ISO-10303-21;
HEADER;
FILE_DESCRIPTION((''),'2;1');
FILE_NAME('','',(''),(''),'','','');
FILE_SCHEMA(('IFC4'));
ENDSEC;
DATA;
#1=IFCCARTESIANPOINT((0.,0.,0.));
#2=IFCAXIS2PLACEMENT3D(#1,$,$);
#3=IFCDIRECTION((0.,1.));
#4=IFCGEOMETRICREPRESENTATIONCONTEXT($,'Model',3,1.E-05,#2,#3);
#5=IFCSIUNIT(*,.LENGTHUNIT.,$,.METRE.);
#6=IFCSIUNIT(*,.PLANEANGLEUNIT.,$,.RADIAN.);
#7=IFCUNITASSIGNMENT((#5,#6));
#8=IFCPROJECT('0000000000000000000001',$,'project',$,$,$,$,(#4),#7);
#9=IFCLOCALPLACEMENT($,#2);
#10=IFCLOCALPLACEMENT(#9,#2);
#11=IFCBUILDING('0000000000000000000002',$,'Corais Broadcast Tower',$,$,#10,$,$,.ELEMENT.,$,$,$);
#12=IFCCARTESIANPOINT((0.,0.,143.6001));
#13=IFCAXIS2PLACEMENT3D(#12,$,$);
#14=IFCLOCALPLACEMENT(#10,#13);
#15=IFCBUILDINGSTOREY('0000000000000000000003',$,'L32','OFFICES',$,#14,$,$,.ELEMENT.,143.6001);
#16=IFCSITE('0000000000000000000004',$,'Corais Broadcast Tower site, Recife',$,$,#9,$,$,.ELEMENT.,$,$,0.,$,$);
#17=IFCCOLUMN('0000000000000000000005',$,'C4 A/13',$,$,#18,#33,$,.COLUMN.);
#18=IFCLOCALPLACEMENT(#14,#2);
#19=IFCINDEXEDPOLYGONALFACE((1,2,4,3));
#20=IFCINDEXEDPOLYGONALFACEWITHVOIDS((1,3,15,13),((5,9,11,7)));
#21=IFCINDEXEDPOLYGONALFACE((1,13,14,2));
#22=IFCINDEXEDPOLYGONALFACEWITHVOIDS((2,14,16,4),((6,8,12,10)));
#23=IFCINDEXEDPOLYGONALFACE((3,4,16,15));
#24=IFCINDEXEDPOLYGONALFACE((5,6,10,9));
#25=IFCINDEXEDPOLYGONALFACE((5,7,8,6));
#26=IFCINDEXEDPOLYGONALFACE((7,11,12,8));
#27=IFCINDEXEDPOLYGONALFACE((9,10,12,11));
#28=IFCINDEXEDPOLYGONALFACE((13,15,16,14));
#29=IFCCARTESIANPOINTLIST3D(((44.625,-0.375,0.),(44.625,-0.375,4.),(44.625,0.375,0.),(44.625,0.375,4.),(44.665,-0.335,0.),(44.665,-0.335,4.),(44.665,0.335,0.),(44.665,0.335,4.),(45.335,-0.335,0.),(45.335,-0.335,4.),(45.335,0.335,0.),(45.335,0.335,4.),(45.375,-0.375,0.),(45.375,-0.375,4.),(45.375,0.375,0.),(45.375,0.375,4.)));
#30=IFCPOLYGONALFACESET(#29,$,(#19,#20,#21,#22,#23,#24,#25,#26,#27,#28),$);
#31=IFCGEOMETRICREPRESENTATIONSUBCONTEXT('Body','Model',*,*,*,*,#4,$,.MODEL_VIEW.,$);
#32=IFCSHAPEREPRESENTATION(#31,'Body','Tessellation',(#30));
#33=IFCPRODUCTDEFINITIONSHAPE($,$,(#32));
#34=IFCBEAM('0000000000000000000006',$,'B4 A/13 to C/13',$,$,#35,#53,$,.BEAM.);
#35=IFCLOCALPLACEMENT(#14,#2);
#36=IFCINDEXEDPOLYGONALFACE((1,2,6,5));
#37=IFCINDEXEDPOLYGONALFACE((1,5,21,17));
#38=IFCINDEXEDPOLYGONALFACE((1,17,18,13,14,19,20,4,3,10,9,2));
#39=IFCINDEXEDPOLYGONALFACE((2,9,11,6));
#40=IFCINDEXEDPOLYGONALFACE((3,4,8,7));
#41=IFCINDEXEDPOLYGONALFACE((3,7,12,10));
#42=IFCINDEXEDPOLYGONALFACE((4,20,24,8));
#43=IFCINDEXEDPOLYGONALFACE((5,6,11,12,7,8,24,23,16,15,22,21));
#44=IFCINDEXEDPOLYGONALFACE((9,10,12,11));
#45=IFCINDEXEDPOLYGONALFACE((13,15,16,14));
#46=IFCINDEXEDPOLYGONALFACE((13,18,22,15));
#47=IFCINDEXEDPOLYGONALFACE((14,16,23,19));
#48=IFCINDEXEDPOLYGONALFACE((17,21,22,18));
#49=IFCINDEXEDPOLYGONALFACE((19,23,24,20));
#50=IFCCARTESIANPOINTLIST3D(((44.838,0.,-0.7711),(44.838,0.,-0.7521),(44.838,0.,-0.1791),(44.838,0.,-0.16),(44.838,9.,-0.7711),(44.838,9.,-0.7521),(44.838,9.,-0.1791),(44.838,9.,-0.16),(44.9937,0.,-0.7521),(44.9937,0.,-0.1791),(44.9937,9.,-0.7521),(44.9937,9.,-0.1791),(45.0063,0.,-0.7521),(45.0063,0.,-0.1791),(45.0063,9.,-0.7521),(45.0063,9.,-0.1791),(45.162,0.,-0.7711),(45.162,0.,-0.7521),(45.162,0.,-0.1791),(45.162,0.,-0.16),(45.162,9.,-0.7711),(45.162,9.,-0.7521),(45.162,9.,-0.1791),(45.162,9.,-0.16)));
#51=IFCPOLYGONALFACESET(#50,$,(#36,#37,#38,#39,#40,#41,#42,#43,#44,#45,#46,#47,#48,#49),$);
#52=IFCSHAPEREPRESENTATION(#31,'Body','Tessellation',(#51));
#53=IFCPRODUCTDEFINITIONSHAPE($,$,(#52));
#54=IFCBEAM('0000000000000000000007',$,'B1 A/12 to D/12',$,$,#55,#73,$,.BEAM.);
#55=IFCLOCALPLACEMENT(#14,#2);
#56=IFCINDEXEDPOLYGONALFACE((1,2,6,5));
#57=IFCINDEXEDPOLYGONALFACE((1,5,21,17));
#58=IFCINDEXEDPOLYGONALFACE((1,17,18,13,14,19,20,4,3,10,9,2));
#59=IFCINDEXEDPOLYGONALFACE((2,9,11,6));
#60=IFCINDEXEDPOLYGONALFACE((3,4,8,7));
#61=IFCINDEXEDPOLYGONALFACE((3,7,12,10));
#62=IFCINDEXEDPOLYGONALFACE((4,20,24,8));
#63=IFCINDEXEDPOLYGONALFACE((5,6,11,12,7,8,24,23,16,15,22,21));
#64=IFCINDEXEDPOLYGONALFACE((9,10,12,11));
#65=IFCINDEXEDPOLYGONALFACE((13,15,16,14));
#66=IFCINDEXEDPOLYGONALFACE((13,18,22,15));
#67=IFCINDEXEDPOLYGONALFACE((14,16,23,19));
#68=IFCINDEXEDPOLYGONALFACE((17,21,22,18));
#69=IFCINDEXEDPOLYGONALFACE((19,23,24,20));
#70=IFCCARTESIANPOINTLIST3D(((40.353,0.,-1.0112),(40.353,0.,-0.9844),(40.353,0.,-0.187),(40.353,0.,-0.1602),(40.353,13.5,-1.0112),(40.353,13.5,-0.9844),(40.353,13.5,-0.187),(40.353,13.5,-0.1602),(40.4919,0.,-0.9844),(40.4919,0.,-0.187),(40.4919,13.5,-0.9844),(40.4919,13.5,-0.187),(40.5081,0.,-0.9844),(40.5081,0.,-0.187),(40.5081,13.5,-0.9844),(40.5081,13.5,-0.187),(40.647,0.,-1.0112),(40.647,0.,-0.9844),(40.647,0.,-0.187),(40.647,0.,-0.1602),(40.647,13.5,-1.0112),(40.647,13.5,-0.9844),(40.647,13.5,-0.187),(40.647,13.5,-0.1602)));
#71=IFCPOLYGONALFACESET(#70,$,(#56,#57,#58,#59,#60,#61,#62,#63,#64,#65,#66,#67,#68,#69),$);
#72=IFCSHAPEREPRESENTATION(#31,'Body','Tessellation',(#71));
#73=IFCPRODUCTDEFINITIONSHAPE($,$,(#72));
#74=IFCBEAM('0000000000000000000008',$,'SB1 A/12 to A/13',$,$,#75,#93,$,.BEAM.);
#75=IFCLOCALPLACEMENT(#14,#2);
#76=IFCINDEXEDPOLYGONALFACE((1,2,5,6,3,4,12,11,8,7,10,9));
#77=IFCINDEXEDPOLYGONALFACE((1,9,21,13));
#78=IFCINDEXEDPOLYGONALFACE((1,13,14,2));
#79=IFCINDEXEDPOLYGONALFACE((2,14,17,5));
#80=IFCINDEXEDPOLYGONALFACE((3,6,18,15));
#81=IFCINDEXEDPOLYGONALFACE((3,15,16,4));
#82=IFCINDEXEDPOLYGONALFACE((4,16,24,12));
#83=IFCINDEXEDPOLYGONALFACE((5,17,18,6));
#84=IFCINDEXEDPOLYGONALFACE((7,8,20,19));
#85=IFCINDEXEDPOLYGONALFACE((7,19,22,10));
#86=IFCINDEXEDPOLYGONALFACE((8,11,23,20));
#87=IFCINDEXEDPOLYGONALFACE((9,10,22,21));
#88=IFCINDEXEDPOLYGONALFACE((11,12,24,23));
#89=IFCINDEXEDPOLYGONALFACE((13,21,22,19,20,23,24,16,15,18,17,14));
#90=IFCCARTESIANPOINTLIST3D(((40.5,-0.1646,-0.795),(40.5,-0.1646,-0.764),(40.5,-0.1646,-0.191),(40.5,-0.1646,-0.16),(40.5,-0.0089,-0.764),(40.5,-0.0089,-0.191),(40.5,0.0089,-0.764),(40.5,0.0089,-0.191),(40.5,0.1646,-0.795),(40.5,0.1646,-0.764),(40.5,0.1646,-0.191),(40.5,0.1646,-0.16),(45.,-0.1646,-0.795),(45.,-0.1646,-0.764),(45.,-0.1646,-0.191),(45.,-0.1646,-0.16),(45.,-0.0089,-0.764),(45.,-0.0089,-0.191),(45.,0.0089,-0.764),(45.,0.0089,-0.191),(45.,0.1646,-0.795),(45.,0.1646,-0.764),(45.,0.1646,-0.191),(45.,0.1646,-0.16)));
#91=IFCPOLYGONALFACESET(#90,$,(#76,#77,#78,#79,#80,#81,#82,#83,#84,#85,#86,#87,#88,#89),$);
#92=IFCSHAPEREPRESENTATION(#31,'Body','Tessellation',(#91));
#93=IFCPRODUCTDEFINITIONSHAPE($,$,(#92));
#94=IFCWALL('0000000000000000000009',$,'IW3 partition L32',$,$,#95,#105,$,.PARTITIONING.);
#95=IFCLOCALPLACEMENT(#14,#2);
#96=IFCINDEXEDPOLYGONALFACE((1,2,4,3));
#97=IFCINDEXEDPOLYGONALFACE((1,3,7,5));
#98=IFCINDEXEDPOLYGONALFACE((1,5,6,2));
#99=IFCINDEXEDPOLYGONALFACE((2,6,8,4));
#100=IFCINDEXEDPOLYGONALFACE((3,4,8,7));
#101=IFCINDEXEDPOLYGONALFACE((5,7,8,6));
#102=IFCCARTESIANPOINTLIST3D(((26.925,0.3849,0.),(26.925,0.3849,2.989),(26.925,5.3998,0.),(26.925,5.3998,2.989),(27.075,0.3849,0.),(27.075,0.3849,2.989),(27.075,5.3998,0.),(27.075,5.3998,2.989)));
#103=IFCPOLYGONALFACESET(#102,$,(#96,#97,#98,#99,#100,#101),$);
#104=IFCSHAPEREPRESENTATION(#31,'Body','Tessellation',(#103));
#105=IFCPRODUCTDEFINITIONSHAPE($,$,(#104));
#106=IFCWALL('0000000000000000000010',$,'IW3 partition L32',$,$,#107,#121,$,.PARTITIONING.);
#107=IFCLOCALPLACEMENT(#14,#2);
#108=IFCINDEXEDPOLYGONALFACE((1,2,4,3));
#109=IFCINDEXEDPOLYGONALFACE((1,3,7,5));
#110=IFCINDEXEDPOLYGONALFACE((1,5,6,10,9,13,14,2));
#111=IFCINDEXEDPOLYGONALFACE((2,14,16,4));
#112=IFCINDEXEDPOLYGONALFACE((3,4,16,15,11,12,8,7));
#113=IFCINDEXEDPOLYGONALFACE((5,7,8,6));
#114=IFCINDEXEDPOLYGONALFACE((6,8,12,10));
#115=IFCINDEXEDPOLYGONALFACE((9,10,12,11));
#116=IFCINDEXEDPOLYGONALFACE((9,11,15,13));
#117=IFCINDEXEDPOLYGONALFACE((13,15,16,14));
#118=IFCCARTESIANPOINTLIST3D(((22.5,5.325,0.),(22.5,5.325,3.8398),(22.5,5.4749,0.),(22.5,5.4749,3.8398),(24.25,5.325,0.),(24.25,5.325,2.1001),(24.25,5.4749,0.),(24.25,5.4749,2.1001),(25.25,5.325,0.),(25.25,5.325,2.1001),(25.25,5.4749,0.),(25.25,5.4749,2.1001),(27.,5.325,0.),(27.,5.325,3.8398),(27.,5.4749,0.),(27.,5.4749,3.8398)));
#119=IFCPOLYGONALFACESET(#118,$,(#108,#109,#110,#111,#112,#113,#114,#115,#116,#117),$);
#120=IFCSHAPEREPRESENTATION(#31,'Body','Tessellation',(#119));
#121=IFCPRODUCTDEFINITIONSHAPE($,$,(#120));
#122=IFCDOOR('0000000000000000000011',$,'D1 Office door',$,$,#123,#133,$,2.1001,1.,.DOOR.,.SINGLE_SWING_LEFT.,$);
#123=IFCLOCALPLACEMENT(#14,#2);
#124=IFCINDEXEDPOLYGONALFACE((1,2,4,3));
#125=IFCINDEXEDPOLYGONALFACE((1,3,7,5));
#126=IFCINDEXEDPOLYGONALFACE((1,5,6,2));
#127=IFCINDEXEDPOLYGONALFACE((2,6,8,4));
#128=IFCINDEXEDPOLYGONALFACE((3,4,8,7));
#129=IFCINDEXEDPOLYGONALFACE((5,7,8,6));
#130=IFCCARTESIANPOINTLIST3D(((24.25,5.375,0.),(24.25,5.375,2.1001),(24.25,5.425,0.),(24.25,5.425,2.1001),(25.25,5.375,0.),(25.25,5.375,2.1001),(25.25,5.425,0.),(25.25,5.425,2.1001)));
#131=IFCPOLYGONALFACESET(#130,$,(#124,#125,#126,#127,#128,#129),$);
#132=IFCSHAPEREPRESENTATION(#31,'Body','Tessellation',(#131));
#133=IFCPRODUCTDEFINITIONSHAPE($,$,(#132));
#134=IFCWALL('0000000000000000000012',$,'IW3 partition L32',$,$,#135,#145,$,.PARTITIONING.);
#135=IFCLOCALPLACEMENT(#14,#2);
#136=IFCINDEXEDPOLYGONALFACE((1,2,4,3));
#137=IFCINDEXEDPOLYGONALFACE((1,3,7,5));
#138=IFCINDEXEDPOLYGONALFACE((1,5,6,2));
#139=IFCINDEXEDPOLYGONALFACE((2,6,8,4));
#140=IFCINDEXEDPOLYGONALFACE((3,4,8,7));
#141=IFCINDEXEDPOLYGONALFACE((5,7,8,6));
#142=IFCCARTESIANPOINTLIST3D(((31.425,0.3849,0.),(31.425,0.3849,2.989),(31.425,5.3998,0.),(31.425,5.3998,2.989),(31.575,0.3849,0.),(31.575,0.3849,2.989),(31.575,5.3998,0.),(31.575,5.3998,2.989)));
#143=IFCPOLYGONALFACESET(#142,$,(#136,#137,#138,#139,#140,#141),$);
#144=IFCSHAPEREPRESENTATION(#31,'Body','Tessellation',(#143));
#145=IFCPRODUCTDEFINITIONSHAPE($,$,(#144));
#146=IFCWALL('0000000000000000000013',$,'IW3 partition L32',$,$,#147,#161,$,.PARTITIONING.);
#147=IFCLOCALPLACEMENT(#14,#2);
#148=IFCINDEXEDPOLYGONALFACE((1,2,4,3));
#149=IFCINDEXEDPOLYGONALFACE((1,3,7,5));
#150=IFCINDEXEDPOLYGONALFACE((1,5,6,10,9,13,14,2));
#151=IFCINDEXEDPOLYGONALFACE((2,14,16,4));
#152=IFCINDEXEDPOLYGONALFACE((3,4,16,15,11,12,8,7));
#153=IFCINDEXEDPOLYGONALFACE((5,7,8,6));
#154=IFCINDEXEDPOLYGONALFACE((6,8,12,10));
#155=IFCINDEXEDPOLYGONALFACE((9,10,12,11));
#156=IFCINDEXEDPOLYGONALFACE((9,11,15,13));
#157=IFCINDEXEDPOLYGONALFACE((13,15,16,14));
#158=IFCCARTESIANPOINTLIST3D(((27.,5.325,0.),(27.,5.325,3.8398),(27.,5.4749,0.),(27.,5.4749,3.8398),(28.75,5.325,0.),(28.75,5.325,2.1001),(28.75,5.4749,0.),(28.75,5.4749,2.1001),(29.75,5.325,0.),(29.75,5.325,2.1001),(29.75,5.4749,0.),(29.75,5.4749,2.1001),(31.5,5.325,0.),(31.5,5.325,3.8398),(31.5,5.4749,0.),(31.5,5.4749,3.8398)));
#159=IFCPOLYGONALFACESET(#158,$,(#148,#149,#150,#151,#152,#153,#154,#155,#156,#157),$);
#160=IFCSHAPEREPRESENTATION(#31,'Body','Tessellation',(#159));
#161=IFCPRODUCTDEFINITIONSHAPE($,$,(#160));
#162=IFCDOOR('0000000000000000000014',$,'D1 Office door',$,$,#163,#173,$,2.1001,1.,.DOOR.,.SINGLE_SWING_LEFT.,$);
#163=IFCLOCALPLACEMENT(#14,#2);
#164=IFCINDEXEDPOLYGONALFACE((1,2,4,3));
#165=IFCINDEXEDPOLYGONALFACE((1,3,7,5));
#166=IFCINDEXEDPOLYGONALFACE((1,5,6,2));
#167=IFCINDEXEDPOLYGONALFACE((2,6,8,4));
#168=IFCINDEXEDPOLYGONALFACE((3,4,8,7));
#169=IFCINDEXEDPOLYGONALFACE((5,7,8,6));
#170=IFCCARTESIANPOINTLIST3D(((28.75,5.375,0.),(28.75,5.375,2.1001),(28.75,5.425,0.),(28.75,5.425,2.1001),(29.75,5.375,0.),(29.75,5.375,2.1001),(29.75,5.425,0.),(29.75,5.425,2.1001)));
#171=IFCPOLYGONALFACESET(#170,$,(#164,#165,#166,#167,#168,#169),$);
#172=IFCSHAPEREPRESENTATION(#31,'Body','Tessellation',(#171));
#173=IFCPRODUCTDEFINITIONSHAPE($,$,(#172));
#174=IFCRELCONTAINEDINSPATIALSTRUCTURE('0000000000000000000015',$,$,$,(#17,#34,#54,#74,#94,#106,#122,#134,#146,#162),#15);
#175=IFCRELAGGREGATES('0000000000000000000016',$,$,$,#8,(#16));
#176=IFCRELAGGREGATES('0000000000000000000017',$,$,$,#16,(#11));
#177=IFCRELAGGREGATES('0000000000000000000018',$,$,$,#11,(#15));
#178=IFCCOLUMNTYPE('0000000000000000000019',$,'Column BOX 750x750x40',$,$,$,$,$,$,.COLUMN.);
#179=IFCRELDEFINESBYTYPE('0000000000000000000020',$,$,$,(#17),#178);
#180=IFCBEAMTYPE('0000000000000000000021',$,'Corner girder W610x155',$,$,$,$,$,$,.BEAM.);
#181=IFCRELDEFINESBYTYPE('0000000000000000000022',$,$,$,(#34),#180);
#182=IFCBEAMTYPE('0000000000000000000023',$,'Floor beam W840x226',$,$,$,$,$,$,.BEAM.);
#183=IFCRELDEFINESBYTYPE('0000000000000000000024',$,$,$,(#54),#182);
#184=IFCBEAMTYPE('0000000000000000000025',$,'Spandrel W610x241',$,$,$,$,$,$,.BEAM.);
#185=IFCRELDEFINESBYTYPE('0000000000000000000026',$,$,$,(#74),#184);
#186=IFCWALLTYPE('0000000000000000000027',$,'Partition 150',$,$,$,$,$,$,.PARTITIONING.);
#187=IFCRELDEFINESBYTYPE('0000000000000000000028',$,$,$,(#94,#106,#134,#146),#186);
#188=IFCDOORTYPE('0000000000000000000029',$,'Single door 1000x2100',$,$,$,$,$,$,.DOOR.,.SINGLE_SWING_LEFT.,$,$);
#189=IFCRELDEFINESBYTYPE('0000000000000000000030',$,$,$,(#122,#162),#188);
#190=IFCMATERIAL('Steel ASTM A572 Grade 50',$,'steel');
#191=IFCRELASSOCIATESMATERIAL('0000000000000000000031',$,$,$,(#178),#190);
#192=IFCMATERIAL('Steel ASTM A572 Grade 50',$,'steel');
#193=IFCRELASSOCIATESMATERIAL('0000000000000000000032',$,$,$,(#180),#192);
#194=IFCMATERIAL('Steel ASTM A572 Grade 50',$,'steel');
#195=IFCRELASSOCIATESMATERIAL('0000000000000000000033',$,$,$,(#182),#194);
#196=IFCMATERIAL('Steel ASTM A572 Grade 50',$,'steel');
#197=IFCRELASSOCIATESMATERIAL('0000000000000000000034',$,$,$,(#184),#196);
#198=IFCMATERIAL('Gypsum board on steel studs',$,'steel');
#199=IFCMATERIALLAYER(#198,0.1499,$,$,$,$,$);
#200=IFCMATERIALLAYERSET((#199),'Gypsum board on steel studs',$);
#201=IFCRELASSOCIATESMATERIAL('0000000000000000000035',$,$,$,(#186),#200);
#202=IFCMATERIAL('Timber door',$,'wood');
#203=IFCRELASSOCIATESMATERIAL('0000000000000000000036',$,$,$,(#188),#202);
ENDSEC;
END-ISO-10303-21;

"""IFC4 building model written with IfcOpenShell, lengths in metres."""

from ifc_helpers import new_model, si_unit, direction, frame, frame_2d, origin, origin_2d, place, context, subcontext, project, spatial, rectangle, hollow_rectangle, i_section, extrude, material, layer, layer_set, material_profile, profile_set, type_object, element, fill, save


model = new_model("IFC4")

# Units and contexts
model_context = context("Model", 3, precision=1e-05, world=origin(), true_north=direction((0.0, 1.0)))
body_context = subcontext(model_context, "Body", "Model", "MODEL_VIEW")
ifc_project = project(units=[si_unit("LENGTHUNIT", "METRE"), si_unit("PLANEANGLEUNIT", "RADIAN")], contexts=[model_context])

# Site, building, storey
site_placement = place(None, origin())
site = spatial("IfcSite", under=ifc_project, at=site_placement, Name="Corais Broadcast Tower site, Recife", CompositionType="ELEMENT", RefElevation=0.0)
building_placement = place(site_placement, origin())
building = spatial("IfcBuilding", under=site, at=building_placement, Name="Corais Broadcast Tower", CompositionType="ELEMENT")
storey_placement = place(building_placement, frame((0.0, 0.0, 143.6001)))
storey = spatial("IfcBuildingStorey", under=building, at=storey_placement, Name="L32", Description="OFFICES", CompositionType="ELEMENT", Elevation=143.6001)

# Column
ifc_material_1 = material(Name="Steel ASTM A572 Grade 50", Category="steel")
ifc_material_profile_1 = material_profile(ifc_material_1, hollow_rectangle(XDim=0.75, YDim=0.75, WallThickness=0.04, at=origin_2d()), Name="BOX 750x750x40")
ifc_profile_set_1 = profile_set([ifc_material_profile_1], Name="Steel ASTM A572 Grade 50")
column_type = type_object("IfcColumnType", Name="Column BOX 750x750x40", PredefinedType="COLUMN", material=ifc_profile_set_1)
column_placement = place(storey_placement, frame((45.0, 0.0, 0.0), z_axis=(0.0, 0.0, 1.0), x_axis=(1.0, 0.0, 0.0)))
element("IfcColumn", 1, at=column_placement, inside=storey, type_object=column_type, Name="C4 A/13", PredefinedType="COLUMN", context=body_context, shape_type="SweptSolid", body=[
    extrude(hollow_rectangle(XDim=0.75, YDim=0.75, WallThickness=0.04, at=origin_2d()), origin(), (0.0, 0.0, 1.0), 4.0),
])

# Beams
ifc_material_2 = material(Name="Steel ASTM A572 Grade 50", Category="steel")
ifc_material_profile_2 = material_profile(ifc_material_2, i_section(OverallWidth=0.324, OverallDepth=0.6111, WebThickness=0.0127, FlangeThickness=0.019, at=origin_2d()), Name="W610x155")
ifc_profile_set_2 = profile_set([ifc_material_profile_2], Name="Steel ASTM A572 Grade 50")
beam_type_1 = type_object("IfcBeamType", Name="Corner girder W610x155", PredefinedType="BEAM", material=ifc_profile_set_2)
beam_1_placement = place(storey_placement, frame((45.0, 0.0, -0.4656), z_axis=(0.0, 1.0, 0.0), x_axis=(-1.0, 0.0, 0.0)))
element("IfcBeam", 2, at=beam_1_placement, inside=storey, type_object=beam_type_1, Name="B4 A/13 to C/13", PredefinedType="BEAM", context=body_context, shape_type="SweptSolid", body=[
    extrude(i_section(OverallWidth=0.324, OverallDepth=0.6111, WebThickness=0.0127, FlangeThickness=0.019, at=origin_2d()), origin(), (0.0, 0.0, 1.0), 9.0),
])
ifc_material_3 = material(Name="Steel ASTM A572 Grade 50", Category="steel")
ifc_material_profile_3 = material_profile(ifc_material_3, i_section(OverallWidth=0.2939, OverallDepth=0.8511, WebThickness=0.0161, FlangeThickness=0.0269, at=origin_2d()), Name="W840x226")
ifc_profile_set_3 = profile_set([ifc_material_profile_3], Name="Steel ASTM A572 Grade 50")
beam_type_2 = type_object("IfcBeamType", Name="Floor beam W840x226", PredefinedType="BEAM", material=ifc_profile_set_3)
beam_2_placement = place(storey_placement, frame((40.5, 0.0, -0.5857), z_axis=(0.0, 1.0, 0.0), x_axis=(-1.0, 0.0, 0.0)))
element("IfcBeam", 3, at=beam_2_placement, inside=storey, type_object=beam_type_2, Name="B1 A/12 to D/12", PredefinedType="BEAM", context=body_context, shape_type="SweptSolid", body=[
    extrude(i_section(OverallWidth=0.2939, OverallDepth=0.8511, WebThickness=0.0161, FlangeThickness=0.0269, at=origin_2d()), origin(), (0.0, 0.0, 1.0), 13.5),
])
ifc_material_4 = material(Name="Steel ASTM A572 Grade 50", Category="steel")
ifc_material_profile_4 = material_profile(ifc_material_4, i_section(OverallWidth=0.3291, OverallDepth=0.635, WebThickness=0.0178, FlangeThickness=0.031, at=origin_2d()), Name="W610x241")
ifc_profile_set_4 = profile_set([ifc_material_profile_4], Name="Steel ASTM A572 Grade 50")
beam_type_3 = type_object("IfcBeamType", Name="Spandrel W610x241", PredefinedType="BEAM", material=ifc_profile_set_4)
beam_3_placement = place(storey_placement, frame((40.5, 0.0, -0.4775), z_axis=(1.0, 0.0, 0.0), x_axis=(0.0, 1.0, 0.0)))
element("IfcBeam", 4, at=beam_3_placement, inside=storey, type_object=beam_type_3, Name="SB1 A/12 to A/13", PredefinedType="BEAM", context=body_context, shape_type="SweptSolid", body=[
    extrude(i_section(OverallWidth=0.3291, OverallDepth=0.635, WebThickness=0.0178, FlangeThickness=0.031, at=origin_2d()), origin(), (0.0, 0.0, 1.0), 4.5),
])

# Wall
ifc_material_5 = material(Name="Gypsum board on steel studs", Category="steel")
ifc_layer = layer(ifc_material_5, 0.1499)
ifc_layer_set = layer_set([ifc_layer], Name="Gypsum board on steel studs")
wall_type = type_object("IfcWallType", Name="Partition 150", PredefinedType="PARTITIONING", material=ifc_layer_set)
wall_1_placement = place(storey_placement, frame((27.0, 0.385, 0.0), z_axis=(0.0, 0.0, 1.0), x_axis=(0.0, 1.0, 0.0)))
element("IfcWall", 5, at=wall_1_placement, inside=storey, type_object=wall_type, Name="IW3 partition L32", PredefinedType="PARTITIONING", context=body_context, shape_type="SweptSolid", body=[
    extrude(rectangle(XDim=5.0149, YDim=0.1499, at=frame_2d((2.5073, 0.0))), origin(), (0.0, 0.0, 1.0), 2.989),
])

# Wall, opening, door
wall_2_placement = place(storey_placement, frame((27.0, 5.3999, 0.0), z_axis=(0.0, 0.0, 1.0), x_axis=(-1.0, 0.0, 0.0)))
wall_2 = element("IfcWall", 6, at=wall_2_placement, inside=storey, type_object=wall_type, Name="IW3 partition L32", PredefinedType="PARTITIONING", context=body_context, shape_type="SweptSolid", body=[
    extrude(rectangle(XDim=4.5, YDim=0.1499, at=frame_2d((2.25, 0.0))), origin(), (0.0, 0.0, 1.0), 3.8398),
])
opening_1_placement = place(wall_2_placement, frame((1.75, 0.0, 0.0)))
opening_1 = element("IfcOpeningElement", 7, at=opening_1_placement, cuts=wall_2, PredefinedType="OPENING", context=body_context, shape_type="SweptSolid", body=[
    extrude(rectangle(XDim=1.0, YDim=2.1001, at=frame_2d((0.5, 1.05))), frame((0.0, 0.085, 0.0), z_axis=(0.0, -1.0, 0.0), x_axis=(1.0, 0.0, 0.0)), (0.0, 0.0, 1.0), 0.1699),
])
ifc_material_6 = material(Name="Timber door", Category="wood")
door_type = type_object("IfcDoorType", Name="Single door 1000x2100", OperationType="SINGLE_SWING_LEFT", PredefinedType="DOOR", material=ifc_material_6)
door_1_placement = place(opening_1_placement, origin())
door_1 = element("IfcDoor", 8, at=door_1_placement, inside=storey, type_object=door_type, Name="D1 Office door", OperationType="SINGLE_SWING_LEFT", OverallHeight=2.1001, OverallWidth=1.0, PredefinedType="DOOR", context=body_context, shape_type="SweptSolid", body=[
    extrude(rectangle(XDim=1.0, YDim=2.1001, at=frame_2d((0.5, 1.05))), frame((0.0, 0.0249, 0.0), z_axis=(0.0, -1.0, 0.0), x_axis=(1.0, 0.0, 0.0)), (0.0, 0.0, 1.0), 0.05),
])
fill(opening_1, door_1)

# Wall
wall_3_placement = place(storey_placement, frame((31.5, 0.385, 0.0), z_axis=(0.0, 0.0, 1.0), x_axis=(0.0, 1.0, 0.0)))
element("IfcWall", 9, at=wall_3_placement, inside=storey, type_object=wall_type, Name="IW3 partition L32", PredefinedType="PARTITIONING", context=body_context, shape_type="SweptSolid", body=[
    extrude(rectangle(XDim=5.0149, YDim=0.1499, at=frame_2d((2.5073, 0.0))), origin(), (0.0, 0.0, 1.0), 2.989),
])

# Wall, opening, door
wall_4_placement = place(storey_placement, frame((31.5, 5.3999, 0.0), z_axis=(0.0, 0.0, 1.0), x_axis=(-1.0, 0.0, 0.0)))
wall_4 = element("IfcWall", 10, at=wall_4_placement, inside=storey, type_object=wall_type, Name="IW3 partition L32", PredefinedType="PARTITIONING", context=body_context, shape_type="SweptSolid", body=[
    extrude(rectangle(XDim=4.5, YDim=0.1499, at=frame_2d((2.25, 0.0))), origin(), (0.0, 0.0, 1.0), 3.8398),
])
opening_2_placement = place(wall_4_placement, frame((1.75, 0.0, 0.0)))
opening_2 = element("IfcOpeningElement", 11, at=opening_2_placement, cuts=wall_4, PredefinedType="OPENING", context=body_context, shape_type="SweptSolid", body=[
    extrude(rectangle(XDim=1.0, YDim=2.1001, at=frame_2d((0.5, 1.05))), frame((0.0, 0.085, 0.0), z_axis=(0.0, -1.0, 0.0), x_axis=(1.0, 0.0, 0.0)), (0.0, 0.0, 1.0), 0.1699),
])
door_2_placement = place(opening_2_placement, origin())
door_2 = element("IfcDoor", 12, at=door_2_placement, inside=storey, type_object=door_type, Name="D1 Office door", OperationType="SINGLE_SWING_LEFT", OverallHeight=2.1001, OverallWidth=1.0, PredefinedType="DOOR", context=body_context, shape_type="SweptSolid", body=[
    extrude(rectangle(XDim=1.0, YDim=2.1001, at=frame_2d((0.5, 1.05))), frame((0.0, 0.0249, 0.0), z_axis=(0.0, -1.0, 0.0), x_axis=(1.0, 0.0, 0.0)), (0.0, 0.0, 1.0), 0.05),
])
fill(opening_2, door_2)

save(model, "model.ifc")
